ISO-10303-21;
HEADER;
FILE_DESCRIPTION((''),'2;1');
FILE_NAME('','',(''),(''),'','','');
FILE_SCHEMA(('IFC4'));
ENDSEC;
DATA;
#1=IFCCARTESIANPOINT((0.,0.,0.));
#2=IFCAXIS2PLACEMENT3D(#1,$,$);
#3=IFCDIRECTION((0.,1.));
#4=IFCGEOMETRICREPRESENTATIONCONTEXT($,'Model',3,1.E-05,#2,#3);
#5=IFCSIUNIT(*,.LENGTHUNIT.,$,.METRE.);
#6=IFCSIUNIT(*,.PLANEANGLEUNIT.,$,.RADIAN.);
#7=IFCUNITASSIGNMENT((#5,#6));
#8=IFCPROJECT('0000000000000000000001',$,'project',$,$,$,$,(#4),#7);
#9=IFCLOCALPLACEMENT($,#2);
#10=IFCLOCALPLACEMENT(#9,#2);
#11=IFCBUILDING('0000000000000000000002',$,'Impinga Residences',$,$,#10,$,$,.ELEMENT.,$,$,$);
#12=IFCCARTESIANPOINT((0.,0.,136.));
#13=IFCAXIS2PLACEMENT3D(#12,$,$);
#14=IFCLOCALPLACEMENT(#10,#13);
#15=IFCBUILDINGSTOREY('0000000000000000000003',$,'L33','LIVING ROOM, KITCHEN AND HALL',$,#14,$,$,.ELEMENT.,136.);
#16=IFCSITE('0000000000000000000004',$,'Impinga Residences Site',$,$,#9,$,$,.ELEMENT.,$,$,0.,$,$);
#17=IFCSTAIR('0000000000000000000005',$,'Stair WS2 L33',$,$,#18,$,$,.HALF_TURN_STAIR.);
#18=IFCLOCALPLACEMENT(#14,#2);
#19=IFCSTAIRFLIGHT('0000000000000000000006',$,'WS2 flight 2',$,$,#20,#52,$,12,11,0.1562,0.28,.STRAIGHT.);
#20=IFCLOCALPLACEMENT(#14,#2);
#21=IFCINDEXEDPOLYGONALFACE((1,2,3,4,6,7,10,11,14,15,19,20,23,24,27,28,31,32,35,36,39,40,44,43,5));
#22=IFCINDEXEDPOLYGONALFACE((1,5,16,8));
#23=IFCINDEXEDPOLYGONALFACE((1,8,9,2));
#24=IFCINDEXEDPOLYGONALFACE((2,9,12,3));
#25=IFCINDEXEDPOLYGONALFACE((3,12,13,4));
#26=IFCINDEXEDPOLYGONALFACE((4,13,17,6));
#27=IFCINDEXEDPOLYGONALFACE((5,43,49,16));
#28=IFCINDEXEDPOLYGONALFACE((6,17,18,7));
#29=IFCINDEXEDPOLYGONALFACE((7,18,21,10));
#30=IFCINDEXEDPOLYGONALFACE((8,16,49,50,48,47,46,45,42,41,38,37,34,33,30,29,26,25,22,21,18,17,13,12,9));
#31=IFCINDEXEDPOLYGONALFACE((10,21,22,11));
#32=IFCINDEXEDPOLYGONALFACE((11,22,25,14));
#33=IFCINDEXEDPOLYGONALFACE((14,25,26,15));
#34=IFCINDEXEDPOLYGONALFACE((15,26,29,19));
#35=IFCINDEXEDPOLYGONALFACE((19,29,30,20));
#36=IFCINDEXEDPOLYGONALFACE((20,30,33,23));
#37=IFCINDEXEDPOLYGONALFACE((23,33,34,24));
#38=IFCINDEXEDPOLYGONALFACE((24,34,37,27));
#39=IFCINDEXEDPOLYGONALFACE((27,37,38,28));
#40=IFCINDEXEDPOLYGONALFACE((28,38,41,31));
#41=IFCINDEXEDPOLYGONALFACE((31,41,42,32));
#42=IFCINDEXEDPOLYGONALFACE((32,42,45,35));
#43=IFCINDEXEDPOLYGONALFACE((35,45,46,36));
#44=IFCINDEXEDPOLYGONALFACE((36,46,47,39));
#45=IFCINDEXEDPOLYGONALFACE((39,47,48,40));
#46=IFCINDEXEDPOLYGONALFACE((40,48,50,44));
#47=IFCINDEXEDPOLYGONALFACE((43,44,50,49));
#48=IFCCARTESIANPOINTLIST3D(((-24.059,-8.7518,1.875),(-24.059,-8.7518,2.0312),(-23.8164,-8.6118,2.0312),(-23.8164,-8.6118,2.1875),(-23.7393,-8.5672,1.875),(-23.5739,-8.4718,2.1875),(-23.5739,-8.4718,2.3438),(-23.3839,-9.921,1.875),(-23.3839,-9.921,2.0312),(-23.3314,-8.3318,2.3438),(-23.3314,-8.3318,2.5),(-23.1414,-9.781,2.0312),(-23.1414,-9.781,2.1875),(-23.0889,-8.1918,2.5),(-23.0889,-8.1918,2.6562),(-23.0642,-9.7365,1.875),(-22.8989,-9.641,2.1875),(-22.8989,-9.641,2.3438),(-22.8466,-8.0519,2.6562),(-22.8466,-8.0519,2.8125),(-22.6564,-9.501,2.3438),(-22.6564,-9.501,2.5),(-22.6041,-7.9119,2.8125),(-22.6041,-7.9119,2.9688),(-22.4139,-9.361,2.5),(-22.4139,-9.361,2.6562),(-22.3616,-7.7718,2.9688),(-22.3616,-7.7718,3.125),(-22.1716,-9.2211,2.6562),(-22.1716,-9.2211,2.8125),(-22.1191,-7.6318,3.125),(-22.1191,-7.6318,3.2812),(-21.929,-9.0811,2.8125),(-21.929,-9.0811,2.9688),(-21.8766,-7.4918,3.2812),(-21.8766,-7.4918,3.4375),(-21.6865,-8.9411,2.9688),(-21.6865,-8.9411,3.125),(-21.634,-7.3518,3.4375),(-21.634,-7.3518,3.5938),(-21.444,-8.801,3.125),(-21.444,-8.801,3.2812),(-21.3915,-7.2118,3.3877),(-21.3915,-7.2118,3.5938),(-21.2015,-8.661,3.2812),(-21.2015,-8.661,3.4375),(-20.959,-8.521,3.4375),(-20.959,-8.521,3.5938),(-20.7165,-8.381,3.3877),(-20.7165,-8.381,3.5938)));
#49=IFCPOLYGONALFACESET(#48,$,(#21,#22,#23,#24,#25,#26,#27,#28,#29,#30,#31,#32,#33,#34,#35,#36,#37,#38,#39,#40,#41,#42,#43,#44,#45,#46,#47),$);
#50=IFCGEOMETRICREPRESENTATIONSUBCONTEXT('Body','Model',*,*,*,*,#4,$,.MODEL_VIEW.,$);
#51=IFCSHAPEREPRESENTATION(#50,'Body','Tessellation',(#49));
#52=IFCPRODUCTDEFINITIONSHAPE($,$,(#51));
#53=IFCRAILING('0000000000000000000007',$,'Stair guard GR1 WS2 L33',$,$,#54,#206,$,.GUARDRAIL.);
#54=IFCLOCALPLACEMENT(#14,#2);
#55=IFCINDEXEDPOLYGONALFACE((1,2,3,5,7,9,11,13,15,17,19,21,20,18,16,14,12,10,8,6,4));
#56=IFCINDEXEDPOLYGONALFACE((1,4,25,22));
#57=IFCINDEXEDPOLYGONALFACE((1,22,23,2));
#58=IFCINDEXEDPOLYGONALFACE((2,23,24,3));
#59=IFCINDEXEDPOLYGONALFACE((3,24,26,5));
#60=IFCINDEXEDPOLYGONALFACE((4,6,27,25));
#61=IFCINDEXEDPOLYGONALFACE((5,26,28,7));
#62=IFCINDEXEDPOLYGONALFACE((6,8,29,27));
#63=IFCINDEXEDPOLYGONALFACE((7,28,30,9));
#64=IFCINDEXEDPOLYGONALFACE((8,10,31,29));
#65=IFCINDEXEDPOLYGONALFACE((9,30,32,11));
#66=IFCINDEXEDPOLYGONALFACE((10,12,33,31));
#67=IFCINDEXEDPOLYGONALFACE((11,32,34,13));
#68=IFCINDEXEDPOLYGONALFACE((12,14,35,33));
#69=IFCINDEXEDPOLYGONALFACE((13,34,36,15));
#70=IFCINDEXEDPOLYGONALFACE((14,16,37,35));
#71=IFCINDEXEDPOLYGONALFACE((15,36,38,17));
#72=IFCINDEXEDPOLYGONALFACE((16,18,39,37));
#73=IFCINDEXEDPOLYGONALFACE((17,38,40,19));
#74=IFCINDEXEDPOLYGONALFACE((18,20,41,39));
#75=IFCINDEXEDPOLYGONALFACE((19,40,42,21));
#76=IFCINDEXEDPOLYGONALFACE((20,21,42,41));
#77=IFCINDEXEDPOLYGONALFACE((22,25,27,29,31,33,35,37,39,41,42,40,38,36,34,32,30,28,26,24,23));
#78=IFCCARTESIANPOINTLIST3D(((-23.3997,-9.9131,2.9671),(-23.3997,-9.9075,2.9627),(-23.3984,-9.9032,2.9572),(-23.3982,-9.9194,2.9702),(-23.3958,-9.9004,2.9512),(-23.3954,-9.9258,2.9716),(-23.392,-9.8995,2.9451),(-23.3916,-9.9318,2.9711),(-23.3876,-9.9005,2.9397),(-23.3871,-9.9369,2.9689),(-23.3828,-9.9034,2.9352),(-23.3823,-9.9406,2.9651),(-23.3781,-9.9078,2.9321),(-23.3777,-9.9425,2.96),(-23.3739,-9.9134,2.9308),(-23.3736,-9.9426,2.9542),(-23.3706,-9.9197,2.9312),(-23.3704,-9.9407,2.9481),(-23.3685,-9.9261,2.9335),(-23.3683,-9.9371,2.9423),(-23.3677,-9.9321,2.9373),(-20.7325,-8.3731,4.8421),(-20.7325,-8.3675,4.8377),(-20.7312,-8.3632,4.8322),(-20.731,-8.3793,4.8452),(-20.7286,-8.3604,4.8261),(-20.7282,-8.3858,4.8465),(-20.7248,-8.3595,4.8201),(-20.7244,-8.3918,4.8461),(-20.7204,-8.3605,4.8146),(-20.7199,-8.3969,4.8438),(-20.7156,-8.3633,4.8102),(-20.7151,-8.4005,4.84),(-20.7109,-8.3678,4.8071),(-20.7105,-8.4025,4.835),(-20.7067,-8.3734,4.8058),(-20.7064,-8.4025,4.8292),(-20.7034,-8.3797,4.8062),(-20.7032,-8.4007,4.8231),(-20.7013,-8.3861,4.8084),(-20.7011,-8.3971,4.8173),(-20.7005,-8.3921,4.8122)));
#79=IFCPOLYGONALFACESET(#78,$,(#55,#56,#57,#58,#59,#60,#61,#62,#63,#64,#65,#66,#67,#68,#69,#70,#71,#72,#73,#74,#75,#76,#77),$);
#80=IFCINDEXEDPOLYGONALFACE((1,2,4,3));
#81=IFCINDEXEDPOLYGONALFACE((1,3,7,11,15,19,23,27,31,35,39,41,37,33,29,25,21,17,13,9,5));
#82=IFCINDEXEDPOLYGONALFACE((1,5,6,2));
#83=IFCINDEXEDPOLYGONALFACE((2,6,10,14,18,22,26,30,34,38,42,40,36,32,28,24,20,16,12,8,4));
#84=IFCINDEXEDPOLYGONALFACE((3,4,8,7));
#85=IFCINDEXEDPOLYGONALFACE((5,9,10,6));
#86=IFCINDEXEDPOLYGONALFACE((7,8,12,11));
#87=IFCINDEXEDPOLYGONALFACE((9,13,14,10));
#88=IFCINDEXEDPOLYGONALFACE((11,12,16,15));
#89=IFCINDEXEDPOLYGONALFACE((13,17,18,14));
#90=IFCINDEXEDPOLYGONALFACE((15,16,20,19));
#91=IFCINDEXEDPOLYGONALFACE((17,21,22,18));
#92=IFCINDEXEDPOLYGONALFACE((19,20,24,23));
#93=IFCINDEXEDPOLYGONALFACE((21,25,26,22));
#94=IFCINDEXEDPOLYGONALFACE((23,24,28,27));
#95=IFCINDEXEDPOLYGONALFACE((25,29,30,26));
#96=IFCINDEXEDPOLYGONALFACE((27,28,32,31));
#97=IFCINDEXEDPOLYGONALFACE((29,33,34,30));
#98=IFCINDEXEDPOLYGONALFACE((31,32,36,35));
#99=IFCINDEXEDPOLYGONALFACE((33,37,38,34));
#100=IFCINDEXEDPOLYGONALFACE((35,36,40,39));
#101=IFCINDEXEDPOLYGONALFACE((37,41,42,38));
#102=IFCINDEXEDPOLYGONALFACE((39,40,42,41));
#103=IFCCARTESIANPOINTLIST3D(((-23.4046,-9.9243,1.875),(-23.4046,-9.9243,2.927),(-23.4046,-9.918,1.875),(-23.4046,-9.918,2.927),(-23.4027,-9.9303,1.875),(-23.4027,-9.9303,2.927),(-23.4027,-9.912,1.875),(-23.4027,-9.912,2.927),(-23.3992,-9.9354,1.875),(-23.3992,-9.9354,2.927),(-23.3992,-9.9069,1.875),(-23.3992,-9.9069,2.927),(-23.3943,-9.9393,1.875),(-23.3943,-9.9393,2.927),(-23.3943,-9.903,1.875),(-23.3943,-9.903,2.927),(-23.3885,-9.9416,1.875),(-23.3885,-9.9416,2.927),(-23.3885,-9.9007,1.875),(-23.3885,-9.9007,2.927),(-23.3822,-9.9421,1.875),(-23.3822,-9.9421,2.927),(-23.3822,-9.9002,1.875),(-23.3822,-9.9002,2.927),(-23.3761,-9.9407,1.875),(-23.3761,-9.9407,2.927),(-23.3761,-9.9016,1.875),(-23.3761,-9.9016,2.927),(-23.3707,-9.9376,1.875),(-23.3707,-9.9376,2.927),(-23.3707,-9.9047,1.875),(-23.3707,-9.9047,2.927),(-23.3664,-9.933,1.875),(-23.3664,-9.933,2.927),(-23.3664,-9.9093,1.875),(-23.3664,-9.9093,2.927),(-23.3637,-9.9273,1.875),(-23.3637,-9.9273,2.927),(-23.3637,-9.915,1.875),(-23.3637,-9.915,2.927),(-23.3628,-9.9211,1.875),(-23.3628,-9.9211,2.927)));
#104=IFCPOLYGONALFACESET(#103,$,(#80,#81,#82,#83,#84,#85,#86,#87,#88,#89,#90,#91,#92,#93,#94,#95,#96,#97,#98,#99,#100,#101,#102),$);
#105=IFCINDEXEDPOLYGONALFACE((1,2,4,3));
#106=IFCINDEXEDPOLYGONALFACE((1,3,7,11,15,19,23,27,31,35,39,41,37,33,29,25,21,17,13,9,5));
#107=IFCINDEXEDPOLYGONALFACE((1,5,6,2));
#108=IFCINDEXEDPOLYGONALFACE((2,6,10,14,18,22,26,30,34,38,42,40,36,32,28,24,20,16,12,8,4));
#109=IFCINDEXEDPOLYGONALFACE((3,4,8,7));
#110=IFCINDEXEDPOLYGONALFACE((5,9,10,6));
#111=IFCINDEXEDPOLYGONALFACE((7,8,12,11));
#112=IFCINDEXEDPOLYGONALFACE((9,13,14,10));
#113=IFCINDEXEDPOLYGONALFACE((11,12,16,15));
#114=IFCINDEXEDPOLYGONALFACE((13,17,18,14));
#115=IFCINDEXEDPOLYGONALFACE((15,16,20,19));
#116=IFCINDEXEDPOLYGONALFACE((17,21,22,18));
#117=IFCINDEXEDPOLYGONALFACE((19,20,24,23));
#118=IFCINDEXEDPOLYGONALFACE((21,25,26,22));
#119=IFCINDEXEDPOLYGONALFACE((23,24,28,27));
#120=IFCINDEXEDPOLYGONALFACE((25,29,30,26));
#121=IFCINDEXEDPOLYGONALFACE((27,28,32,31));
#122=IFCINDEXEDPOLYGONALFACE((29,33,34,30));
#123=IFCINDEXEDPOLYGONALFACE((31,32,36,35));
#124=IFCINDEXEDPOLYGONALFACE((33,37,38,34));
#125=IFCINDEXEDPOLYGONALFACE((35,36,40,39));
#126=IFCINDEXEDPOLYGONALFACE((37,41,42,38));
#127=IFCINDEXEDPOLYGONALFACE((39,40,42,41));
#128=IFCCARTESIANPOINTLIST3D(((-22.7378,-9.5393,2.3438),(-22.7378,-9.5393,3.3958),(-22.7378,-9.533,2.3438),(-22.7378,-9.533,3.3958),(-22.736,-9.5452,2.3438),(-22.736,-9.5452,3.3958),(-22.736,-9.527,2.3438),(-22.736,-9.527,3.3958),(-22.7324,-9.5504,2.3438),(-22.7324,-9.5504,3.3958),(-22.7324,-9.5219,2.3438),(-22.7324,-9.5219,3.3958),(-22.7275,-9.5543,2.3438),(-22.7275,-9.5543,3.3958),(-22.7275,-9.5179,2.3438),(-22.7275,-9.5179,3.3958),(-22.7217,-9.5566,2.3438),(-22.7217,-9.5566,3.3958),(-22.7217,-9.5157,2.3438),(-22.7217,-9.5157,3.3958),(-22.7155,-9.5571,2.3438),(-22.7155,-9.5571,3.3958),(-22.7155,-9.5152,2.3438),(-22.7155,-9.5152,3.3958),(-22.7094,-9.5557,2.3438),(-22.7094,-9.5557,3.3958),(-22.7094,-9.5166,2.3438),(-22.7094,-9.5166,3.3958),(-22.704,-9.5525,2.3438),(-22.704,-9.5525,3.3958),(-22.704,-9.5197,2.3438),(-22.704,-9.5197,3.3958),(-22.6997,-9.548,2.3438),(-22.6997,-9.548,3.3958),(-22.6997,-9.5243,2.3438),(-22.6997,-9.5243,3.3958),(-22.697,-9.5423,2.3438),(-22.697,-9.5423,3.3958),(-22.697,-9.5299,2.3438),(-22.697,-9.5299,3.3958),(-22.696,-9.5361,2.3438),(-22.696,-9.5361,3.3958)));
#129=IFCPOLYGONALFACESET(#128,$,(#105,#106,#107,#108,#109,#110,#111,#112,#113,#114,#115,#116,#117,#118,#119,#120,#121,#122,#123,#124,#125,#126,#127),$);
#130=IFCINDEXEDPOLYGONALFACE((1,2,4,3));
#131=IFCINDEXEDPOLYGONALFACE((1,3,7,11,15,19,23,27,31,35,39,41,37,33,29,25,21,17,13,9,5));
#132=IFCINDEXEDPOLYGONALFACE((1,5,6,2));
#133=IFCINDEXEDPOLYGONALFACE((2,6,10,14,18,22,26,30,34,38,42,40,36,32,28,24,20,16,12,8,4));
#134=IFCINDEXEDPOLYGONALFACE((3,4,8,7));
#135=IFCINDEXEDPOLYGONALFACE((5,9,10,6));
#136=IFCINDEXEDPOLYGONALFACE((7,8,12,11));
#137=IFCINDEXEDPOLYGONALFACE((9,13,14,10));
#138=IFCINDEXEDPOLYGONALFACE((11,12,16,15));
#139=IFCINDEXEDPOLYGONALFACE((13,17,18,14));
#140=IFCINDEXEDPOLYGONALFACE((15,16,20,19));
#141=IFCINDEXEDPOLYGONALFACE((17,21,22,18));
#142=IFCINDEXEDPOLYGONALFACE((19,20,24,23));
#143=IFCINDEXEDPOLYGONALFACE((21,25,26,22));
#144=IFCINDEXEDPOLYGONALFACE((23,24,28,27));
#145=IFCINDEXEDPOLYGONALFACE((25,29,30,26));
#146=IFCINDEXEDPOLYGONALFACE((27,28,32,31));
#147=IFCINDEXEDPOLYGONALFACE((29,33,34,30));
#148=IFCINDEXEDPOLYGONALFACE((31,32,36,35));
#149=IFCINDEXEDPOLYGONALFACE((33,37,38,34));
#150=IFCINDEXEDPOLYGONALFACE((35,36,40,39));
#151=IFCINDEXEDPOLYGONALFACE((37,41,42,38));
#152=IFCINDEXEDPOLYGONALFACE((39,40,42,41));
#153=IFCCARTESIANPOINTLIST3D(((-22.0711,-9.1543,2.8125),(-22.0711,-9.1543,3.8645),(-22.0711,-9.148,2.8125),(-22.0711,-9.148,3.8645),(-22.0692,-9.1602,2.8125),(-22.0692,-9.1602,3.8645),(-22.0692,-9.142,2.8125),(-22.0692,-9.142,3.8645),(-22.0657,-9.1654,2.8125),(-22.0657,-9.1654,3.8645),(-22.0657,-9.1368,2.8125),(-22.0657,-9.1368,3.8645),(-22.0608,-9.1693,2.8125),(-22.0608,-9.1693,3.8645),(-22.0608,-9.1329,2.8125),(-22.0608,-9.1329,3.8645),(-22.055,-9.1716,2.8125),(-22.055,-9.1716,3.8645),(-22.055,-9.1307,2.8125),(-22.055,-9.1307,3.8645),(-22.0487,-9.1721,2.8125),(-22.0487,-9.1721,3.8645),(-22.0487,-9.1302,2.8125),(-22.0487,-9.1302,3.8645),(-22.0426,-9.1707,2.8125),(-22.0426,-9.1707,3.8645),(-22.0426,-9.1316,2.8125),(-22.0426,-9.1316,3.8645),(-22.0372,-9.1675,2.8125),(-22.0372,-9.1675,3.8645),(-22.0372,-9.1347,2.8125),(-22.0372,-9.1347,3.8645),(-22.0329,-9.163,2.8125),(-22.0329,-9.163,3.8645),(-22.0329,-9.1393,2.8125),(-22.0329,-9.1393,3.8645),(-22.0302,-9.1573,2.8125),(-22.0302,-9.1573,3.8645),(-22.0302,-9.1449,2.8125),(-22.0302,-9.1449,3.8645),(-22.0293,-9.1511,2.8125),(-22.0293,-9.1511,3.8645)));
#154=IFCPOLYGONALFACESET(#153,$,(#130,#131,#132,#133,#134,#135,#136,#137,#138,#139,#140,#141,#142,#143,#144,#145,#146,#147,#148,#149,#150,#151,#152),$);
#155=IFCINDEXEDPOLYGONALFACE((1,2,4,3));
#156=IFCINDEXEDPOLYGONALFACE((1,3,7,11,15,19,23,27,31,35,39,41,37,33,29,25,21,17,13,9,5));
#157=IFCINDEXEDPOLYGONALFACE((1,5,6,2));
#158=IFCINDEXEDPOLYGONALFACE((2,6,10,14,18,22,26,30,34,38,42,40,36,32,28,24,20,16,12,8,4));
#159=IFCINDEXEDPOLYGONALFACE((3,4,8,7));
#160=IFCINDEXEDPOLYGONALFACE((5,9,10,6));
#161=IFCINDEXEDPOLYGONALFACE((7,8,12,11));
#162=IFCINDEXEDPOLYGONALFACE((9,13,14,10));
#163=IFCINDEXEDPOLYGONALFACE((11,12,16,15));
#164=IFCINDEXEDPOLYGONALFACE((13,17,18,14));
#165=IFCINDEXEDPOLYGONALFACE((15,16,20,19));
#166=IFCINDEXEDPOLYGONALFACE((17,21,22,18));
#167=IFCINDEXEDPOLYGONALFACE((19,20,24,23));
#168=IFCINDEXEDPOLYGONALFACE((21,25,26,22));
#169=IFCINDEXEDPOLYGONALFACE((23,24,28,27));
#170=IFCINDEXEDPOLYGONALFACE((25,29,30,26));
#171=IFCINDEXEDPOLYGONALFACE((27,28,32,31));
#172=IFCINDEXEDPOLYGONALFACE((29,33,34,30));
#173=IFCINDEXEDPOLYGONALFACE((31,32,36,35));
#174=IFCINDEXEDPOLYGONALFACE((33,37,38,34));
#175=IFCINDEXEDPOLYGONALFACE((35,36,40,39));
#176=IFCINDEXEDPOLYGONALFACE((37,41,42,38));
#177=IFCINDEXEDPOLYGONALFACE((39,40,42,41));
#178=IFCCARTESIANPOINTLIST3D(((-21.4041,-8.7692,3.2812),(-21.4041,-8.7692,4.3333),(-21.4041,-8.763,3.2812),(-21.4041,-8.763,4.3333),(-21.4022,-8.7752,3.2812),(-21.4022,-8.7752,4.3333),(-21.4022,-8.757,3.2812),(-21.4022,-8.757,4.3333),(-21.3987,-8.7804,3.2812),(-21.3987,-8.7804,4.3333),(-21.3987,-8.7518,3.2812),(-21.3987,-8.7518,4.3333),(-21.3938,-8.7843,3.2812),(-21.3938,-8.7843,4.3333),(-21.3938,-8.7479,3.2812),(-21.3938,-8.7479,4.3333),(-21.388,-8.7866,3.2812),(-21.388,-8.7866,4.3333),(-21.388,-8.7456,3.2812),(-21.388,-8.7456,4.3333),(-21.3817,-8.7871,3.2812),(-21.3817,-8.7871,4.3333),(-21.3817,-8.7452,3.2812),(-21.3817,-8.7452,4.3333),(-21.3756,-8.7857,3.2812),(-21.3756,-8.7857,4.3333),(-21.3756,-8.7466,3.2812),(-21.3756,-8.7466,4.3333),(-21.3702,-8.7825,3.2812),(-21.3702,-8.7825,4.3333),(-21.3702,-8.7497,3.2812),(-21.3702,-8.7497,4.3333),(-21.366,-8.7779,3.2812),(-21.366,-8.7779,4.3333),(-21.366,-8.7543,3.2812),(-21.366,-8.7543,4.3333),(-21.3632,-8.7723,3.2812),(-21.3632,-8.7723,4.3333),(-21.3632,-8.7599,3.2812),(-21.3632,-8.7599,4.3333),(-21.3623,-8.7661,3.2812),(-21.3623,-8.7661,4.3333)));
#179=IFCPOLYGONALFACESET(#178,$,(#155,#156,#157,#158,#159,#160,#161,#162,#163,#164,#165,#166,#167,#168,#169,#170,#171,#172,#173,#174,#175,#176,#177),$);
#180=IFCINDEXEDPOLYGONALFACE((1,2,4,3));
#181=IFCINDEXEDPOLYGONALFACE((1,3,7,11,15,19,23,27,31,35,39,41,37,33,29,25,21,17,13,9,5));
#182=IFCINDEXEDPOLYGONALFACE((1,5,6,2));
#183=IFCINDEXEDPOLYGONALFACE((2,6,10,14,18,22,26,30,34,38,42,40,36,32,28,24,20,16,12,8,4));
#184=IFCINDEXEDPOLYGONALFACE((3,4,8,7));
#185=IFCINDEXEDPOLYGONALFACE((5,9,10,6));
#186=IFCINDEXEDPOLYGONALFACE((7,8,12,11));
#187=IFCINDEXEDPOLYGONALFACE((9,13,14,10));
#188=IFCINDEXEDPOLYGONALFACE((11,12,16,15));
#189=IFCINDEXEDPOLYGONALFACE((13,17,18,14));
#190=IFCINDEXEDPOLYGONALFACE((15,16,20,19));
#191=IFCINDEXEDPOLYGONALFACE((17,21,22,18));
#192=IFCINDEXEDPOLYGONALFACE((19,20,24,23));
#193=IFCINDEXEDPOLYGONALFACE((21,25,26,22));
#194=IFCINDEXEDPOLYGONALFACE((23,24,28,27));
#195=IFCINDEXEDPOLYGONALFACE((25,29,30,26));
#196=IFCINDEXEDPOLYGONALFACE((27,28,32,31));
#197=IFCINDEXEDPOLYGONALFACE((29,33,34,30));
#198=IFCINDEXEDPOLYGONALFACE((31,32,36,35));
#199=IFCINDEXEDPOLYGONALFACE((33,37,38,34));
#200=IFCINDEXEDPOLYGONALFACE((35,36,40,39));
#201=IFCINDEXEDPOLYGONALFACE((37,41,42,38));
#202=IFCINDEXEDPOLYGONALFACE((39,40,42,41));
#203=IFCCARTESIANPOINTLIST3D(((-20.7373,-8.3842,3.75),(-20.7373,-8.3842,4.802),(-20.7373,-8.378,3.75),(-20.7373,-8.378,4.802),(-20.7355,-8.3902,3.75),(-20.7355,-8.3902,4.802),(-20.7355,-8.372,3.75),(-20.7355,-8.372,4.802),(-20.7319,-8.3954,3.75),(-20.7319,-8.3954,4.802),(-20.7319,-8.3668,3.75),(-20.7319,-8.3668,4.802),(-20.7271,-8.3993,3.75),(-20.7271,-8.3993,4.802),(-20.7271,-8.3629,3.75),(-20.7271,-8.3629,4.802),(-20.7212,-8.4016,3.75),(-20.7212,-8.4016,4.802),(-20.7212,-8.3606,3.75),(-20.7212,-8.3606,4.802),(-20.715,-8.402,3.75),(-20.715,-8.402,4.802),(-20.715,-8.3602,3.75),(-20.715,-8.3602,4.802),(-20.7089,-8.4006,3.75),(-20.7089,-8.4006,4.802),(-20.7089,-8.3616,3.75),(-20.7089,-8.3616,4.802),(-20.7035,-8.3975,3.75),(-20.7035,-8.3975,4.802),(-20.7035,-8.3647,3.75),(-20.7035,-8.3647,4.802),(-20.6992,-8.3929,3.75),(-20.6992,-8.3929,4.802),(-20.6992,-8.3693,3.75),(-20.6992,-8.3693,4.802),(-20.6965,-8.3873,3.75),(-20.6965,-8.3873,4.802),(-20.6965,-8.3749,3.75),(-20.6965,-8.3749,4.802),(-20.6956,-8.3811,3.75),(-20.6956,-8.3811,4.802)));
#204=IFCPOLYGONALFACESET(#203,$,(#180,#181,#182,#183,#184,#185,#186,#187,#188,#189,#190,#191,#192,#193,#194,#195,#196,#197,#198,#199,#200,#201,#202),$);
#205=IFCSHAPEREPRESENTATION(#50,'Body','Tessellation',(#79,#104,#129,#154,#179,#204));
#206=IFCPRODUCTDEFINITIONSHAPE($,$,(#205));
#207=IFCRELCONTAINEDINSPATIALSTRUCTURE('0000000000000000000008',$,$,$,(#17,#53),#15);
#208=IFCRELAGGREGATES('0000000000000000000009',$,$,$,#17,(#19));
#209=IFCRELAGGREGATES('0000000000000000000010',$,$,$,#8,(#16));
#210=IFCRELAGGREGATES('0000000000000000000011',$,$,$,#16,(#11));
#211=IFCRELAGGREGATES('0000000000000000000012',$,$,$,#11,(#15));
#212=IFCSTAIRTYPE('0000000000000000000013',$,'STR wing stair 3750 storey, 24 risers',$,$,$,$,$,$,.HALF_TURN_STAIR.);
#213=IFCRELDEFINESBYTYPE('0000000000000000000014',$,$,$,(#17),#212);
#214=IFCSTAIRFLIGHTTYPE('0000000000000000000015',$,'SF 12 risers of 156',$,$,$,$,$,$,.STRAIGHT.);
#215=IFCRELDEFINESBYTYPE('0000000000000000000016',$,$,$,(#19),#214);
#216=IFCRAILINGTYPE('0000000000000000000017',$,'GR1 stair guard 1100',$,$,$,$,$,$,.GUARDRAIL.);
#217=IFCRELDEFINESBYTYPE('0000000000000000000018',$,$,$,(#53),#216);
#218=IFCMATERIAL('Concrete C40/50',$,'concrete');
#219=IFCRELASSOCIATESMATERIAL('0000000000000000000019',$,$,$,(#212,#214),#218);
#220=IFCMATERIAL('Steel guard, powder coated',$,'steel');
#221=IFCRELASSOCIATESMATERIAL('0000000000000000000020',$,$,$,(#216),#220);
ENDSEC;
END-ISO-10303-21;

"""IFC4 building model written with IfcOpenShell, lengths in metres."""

from ifc_helpers import new_model, si_unit, direction, frame, origin, origin_2d, place, context, subcontext, project, spatial, polyline, circle, outline, extrude, material, type_object, element, aggregate, save


model = new_model("IFC4")

# Units and contexts
model_context = context("Model", 3, precision=1e-05, world=origin(), true_north=direction((0.0, 1.0)))
body_context = subcontext(model_context, "Body", "Model", "MODEL_VIEW")
ifc_project = project(units=[si_unit("LENGTHUNIT", "METRE"), si_unit("PLANEANGLEUNIT", "RADIAN")], contexts=[model_context])

# Site, building, storey
site_placement = place(None, origin())
site = spatial("IfcSite", under=ifc_project, at=site_placement, Name="Impinga Residences Site", CompositionType="ELEMENT", RefElevation=0.0)
building_placement = place(site_placement, origin())
building = spatial("IfcBuilding", under=site, at=building_placement, Name="Impinga Residences", CompositionType="ELEMENT")
storey_placement = place(building_placement, frame((0.0, 0.0, 136.0)))
storey = spatial("IfcBuildingStorey", under=building, at=storey_placement, Name="L33", Description="LIVING ROOM, KITCHEN AND HALL", CompositionType="ELEMENT", Elevation=136.0)

# Stair, stair flight
ifc_material_1 = material(Name="Concrete C40/50", Category="concrete")
stair_type = type_object("IfcStairType", Name="STR wing stair 3750 storey, 24 risers", PredefinedType="HALF_TURN_STAIR", material=ifc_material_1)
stair_placement = place(storey_placement, origin())
stair = element("IfcStair", 1, at=stair_placement, inside=storey, type_object=stair_type, Name="Stair WS2 L33", PredefinedType="HALF_TURN_STAIR")
stair_flight_type = type_object("IfcStairFlightType", Name="SF 12 risers of 156", PredefinedType="STRAIGHT", material=ifc_material_1)
stair_flight_placement = place(storey_placement, frame((-23.7214, -9.3364, 1.875), z_axis=(0.0, 0.0, 1.0), x_axis=(0.866025, 0.5, 0.0)))
stair_flight = element("IfcStairFlight", 2, at=stair_flight_placement, type_object=stair_flight_type, Name="WS2 flight 2", NumberOfRisers=12, NumberOfTreads=11, PredefinedType="STRAIGHT", RiserHeight=0.1562, TreadLength=0.28, context=body_context, shape_type="SweptSolid", body=[
    extrude(outline(polyline([(0.0, 0.0), (0.0, 0.1562), (0.28, 0.1562), (0.28, 0.3125), (0.5601, 0.3125), (0.5601, 0.4688), (0.8401, 0.4688), (0.8401, 0.625), (1.1201, 0.625), (1.1201, 0.7812), (1.3999, 0.7812), (1.3999, 0.9375), (1.6799, 0.9375), (1.6799, 1.0938), (1.96, 1.0938), (1.96, 1.25), (2.24, 1.25), (2.24, 1.4062), (2.52, 1.4062), (2.52, 1.5625), (2.8, 1.5625), (2.8, 1.7188), (3.0801, 1.7188), (3.0801, 1.875), (3.0801, 1.5127), (0.3691, 0.0), (0.0, 0.0)])), frame((0.0, 0.675, 0.0), z_axis=(0.0, -1.0, 0.0), x_axis=(1.0, 0.0, 0.0)), (0.0, 0.0, 1.0), 1.3501),
])
aggregate(stair, [stair_flight])

# Railing
ifc_material_2 = material(Name="Steel guard, powder coated", Category="steel")
railing_type_1 = type_object("IfcRailingType", Name="GR1 stair guard 1100", PredefinedType="GUARDRAIL", material=ifc_material_2)
railing_1_placement = place(storey_placement, frame((-23.3838, -9.9211, 1.875)))
element("IfcRailing", 3, at=railing_1_placement, inside=storey, type_object=railing_type_1, Name="Stair guard GR1 WS2 L33", PredefinedType="GUARDRAIL", context=body_context, shape_type="SweptSolid", body=[
    extrude(circle(Radius=0.0239, at=origin_2d()), frame((0.0, 0.0, 1.0762), z_axis=(0.739716, 0.427105, 0.520002), x_axis=(-0.500027, 0.86601, 0.0)), (0.0, 0.0, 1.0), 3.6057),
    extrude(circle(Radius=0.021, at=origin_2d()), origin(), (0.0, 0.0, 1.0), 1.052),
    extrude(circle(Radius=0.021, at=origin_2d()), frame((0.6667, 0.385, 0.4688)), (0.0, 0.0, 1.0), 1.052),
    extrude(circle(Radius=0.021, at=origin_2d()), frame((1.3335, 0.77, 0.9375)), (0.0, 0.0, 1.0), 1.052),
    extrude(circle(Radius=0.021, at=origin_2d()), frame((2.0005, 1.155, 1.4062)), (0.0, 0.0, 1.0), 1.052),
    extrude(circle(Radius=0.021, at=origin_2d()), frame((2.6672, 1.54, 1.875)), (0.0, 0.0, 1.0), 1.052),
])

save(model, "model.ifc")
